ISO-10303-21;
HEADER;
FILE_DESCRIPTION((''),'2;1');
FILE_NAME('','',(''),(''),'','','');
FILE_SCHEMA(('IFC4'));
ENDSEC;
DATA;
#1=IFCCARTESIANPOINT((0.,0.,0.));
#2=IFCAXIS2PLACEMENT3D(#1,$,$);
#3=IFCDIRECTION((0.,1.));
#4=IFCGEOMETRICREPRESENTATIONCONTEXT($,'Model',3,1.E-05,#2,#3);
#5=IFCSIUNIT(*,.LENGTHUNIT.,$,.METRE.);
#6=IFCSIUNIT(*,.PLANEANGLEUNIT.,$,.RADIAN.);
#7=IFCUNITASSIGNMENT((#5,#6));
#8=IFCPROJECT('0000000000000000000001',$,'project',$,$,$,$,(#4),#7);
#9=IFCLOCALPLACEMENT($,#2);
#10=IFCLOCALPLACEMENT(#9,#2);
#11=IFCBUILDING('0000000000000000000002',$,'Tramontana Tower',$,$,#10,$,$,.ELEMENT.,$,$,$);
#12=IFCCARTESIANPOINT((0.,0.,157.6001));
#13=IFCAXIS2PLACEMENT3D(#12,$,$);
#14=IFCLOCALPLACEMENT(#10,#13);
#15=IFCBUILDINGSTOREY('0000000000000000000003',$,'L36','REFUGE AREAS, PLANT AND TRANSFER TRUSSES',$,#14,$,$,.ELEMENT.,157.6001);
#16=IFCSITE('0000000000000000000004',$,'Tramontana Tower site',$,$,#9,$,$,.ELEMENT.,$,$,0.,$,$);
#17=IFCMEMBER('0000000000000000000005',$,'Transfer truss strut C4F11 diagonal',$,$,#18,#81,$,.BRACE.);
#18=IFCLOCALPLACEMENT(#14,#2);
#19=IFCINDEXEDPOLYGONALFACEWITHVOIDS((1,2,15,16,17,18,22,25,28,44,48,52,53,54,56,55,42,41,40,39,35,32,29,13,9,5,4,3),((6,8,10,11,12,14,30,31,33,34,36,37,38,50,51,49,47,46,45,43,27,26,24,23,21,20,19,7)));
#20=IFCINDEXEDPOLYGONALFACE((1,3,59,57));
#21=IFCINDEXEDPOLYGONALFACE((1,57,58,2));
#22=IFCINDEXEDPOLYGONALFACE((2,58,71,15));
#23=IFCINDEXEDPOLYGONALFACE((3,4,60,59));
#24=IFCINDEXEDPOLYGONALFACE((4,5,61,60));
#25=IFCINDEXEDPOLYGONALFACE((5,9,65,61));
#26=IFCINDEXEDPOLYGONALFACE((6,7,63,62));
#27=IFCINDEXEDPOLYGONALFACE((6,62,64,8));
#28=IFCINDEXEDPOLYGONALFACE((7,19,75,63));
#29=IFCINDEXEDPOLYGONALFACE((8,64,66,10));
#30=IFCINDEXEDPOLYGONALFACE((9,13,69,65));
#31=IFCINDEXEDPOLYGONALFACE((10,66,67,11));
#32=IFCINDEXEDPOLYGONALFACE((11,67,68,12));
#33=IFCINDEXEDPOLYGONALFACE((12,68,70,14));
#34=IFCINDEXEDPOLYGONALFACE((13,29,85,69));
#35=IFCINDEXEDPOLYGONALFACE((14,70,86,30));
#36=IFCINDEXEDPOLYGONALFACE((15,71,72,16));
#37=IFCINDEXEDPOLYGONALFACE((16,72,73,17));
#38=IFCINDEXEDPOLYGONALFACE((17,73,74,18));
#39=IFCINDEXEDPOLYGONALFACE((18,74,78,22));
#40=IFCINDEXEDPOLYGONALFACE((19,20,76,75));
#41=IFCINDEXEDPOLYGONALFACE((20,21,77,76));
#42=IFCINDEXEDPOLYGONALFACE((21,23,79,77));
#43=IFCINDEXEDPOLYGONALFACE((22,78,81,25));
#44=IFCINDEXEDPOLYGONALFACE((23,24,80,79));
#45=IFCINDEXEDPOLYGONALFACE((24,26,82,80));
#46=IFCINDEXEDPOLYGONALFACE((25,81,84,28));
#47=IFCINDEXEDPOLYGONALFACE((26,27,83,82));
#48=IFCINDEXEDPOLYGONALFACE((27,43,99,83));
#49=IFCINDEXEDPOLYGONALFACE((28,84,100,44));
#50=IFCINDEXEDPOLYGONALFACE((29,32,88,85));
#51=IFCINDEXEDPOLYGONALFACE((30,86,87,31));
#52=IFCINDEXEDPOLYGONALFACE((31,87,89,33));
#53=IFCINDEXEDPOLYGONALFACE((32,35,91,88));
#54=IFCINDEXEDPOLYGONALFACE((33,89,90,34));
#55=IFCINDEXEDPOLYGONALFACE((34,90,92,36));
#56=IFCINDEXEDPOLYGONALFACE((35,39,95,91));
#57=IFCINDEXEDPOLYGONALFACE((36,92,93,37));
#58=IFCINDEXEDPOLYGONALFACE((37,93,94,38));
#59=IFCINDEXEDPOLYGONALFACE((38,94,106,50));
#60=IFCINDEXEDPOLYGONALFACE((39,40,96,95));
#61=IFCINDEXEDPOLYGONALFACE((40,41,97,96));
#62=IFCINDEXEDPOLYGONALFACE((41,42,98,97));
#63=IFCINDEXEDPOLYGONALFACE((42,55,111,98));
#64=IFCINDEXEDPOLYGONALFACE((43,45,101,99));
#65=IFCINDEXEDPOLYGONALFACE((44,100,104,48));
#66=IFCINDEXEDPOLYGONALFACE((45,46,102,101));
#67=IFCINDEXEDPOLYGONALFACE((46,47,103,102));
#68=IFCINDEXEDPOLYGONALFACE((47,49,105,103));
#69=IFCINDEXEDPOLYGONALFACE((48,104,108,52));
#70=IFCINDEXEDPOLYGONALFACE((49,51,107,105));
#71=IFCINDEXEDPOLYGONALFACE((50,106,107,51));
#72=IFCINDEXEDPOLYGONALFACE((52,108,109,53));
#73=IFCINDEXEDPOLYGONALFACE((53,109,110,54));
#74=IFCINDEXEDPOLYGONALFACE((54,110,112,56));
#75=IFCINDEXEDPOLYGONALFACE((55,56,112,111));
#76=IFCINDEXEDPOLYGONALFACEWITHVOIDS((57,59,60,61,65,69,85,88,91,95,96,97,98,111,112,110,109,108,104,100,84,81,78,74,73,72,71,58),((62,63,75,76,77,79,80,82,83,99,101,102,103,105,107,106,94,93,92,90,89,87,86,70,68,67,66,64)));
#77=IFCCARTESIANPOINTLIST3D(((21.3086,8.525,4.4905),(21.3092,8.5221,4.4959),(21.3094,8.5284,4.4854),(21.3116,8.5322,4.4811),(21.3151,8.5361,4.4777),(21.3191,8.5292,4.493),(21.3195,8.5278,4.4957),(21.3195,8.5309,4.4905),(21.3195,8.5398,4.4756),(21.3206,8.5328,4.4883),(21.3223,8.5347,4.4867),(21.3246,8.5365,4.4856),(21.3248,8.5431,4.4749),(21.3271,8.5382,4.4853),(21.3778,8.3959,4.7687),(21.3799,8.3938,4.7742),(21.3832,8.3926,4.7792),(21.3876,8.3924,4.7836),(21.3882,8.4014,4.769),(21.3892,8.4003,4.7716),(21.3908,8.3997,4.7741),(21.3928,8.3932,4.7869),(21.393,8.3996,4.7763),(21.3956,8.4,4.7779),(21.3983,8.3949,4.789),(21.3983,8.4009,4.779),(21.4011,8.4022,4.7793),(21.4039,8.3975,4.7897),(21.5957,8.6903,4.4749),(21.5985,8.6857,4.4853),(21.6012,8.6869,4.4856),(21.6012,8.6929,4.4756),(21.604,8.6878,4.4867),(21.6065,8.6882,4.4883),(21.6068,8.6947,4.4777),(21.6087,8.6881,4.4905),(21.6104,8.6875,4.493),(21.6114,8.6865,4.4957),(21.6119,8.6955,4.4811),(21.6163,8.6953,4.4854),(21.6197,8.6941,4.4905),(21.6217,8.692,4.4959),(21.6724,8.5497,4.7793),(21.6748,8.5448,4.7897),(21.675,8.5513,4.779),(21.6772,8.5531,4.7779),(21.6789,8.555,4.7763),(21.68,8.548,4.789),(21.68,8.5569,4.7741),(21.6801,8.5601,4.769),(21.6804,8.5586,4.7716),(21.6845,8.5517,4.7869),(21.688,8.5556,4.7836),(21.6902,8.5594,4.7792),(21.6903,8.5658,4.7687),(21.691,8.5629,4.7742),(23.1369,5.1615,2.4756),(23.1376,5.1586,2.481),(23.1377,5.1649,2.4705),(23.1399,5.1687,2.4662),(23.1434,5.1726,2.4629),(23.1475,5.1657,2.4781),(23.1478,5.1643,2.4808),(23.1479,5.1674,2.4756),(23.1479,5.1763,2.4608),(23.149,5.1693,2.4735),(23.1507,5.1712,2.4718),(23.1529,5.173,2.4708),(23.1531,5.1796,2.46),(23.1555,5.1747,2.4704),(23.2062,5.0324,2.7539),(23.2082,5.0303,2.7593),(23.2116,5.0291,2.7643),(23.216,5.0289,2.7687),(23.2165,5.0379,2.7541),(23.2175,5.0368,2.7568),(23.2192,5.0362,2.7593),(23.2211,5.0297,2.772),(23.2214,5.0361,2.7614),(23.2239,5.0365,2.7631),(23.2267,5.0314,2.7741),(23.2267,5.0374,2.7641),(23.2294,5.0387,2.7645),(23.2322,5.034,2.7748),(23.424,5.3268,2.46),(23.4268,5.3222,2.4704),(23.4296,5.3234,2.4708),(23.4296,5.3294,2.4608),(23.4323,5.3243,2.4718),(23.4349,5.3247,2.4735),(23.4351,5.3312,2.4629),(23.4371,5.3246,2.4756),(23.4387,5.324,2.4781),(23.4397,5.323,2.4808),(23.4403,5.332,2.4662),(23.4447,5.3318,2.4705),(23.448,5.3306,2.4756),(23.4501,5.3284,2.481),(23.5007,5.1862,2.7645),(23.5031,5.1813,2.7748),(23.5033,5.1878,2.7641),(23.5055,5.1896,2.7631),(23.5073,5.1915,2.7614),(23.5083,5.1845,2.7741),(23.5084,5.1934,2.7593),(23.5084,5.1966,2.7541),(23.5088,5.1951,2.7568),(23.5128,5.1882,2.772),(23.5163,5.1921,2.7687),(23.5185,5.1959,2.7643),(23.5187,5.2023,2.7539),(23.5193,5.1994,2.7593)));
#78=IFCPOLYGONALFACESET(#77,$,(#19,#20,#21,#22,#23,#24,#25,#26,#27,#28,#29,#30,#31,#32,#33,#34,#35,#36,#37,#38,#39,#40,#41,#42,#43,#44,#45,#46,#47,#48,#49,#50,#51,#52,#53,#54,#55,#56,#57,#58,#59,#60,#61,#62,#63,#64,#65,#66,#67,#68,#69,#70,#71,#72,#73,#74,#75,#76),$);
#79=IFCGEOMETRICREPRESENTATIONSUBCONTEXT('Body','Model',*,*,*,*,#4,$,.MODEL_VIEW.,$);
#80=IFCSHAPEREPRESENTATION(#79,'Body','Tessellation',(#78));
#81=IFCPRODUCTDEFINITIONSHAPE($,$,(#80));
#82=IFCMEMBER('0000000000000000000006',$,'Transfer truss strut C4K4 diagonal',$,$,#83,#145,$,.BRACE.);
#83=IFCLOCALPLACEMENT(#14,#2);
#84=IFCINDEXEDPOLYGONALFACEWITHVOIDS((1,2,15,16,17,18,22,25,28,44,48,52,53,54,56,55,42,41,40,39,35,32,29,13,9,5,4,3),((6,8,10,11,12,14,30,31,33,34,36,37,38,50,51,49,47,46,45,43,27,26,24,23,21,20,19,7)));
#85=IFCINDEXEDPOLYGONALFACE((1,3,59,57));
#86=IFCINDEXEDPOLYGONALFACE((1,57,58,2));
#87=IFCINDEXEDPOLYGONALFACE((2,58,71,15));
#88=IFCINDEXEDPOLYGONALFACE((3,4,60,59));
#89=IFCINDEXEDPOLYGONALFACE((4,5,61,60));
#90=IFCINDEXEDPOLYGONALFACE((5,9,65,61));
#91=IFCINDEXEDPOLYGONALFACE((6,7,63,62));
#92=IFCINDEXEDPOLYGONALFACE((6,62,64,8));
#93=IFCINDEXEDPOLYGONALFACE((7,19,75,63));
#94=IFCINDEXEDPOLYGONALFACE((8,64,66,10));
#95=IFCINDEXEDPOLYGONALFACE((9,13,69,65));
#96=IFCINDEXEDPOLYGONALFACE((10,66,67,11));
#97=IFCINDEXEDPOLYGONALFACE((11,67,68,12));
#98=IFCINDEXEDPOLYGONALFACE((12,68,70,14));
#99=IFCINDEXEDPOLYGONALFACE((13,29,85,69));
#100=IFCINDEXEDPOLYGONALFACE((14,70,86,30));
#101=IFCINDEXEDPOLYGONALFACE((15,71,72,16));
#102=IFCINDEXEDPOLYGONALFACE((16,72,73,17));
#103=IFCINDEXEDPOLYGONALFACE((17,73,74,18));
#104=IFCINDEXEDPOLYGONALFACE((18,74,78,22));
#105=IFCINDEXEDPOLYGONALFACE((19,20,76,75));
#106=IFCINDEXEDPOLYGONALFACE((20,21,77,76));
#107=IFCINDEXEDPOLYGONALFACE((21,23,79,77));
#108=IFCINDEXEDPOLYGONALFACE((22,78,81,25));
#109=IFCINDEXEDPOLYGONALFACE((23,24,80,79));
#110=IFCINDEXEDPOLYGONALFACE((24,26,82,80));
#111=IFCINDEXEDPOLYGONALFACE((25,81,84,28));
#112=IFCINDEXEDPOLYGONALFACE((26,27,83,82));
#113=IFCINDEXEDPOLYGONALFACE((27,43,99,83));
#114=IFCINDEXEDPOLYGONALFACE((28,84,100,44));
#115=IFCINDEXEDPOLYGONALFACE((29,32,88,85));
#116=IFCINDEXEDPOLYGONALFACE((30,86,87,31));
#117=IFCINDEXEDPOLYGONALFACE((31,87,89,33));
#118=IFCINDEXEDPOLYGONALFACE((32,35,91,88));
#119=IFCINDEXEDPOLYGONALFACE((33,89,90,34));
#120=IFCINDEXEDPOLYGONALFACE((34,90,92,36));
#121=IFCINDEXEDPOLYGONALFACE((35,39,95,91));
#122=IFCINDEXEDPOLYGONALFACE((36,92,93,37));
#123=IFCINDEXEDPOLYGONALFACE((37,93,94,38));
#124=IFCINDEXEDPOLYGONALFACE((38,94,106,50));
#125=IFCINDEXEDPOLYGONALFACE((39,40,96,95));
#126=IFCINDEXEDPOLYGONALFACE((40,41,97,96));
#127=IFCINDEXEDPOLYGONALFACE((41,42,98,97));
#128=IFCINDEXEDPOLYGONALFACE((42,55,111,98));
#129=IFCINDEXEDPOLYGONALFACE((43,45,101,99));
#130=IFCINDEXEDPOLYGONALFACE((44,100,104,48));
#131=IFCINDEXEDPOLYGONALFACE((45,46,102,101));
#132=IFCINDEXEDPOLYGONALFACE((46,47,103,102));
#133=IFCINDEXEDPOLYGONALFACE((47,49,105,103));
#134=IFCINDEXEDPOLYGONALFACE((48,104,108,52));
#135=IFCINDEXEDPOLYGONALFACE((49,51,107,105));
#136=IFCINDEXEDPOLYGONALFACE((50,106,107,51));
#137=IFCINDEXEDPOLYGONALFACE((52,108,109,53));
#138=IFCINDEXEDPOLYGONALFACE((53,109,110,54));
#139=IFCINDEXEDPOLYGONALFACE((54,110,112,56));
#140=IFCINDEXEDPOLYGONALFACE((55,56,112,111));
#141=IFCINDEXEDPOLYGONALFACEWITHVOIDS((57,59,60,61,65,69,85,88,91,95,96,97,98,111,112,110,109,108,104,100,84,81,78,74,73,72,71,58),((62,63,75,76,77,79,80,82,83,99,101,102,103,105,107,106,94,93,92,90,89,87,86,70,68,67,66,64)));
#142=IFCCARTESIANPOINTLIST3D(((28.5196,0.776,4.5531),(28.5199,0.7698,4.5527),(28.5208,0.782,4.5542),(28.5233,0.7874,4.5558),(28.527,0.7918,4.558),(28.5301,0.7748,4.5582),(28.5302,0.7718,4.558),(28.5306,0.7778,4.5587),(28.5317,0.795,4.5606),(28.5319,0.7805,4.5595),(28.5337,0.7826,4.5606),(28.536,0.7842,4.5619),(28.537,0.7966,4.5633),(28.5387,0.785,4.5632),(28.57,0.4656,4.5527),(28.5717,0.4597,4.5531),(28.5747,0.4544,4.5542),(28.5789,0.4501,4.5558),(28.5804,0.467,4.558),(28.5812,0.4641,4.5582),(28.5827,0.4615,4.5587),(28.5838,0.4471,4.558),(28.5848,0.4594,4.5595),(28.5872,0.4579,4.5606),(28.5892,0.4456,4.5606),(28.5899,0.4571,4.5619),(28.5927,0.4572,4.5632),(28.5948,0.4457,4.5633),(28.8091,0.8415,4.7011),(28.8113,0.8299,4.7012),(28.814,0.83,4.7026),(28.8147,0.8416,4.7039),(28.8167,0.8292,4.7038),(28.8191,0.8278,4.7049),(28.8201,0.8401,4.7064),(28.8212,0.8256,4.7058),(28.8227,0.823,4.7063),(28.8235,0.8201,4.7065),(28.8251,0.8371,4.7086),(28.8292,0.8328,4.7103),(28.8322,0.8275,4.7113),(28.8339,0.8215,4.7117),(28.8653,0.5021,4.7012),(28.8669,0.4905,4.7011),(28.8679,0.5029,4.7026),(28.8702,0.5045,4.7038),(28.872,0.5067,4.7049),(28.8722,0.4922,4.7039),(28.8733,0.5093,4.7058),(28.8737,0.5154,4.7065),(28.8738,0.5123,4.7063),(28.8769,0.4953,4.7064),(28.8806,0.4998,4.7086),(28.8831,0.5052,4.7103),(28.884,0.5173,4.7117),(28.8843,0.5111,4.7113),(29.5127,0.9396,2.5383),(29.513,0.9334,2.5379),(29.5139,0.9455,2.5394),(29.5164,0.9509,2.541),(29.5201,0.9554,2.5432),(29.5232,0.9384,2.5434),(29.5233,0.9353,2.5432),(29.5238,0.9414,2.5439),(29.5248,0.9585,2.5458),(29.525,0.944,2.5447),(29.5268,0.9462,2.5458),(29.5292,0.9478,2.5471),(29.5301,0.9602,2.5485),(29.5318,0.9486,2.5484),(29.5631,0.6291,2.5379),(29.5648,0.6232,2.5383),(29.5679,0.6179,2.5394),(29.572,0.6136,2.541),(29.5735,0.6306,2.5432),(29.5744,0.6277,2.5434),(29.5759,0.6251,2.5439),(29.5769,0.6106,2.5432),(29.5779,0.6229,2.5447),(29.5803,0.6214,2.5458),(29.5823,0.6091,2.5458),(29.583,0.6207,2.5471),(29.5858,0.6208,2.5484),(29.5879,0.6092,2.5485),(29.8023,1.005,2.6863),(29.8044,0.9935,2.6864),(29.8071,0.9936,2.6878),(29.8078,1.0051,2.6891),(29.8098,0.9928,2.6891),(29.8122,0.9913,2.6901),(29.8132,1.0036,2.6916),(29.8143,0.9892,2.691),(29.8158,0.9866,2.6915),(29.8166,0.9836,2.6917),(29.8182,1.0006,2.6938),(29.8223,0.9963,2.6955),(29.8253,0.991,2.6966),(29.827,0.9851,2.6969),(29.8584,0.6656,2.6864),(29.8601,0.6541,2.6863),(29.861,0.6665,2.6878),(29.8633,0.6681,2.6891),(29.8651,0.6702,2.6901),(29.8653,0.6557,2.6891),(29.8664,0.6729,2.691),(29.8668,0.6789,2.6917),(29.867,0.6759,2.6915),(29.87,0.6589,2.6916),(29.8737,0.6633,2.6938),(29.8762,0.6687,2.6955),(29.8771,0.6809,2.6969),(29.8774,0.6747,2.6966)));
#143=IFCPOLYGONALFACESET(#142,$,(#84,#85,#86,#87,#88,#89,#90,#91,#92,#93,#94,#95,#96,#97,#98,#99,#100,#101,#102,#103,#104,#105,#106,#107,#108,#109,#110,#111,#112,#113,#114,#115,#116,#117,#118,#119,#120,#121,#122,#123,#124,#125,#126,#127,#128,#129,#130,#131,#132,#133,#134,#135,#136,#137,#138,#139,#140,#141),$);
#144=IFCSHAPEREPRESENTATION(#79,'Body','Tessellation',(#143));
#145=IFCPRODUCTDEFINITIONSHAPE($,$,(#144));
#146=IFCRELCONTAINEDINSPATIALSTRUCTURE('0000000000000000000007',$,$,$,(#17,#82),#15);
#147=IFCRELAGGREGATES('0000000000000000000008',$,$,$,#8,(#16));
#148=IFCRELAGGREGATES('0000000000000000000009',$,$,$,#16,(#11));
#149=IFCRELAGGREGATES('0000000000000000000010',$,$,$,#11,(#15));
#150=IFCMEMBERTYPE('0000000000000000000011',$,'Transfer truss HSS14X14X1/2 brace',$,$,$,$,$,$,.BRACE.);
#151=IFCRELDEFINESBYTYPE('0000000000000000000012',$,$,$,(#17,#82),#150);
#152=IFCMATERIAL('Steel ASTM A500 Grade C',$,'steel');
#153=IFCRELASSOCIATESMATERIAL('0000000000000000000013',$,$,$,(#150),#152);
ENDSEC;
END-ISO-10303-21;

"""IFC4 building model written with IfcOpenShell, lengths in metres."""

from ifc_helpers import new_model, si_unit, direction, frame, origin, origin_2d, place, context, subcontext, project, spatial, hollow_rectangle, extrude, material, material_profile, profile_set, type_object, element, save


model = new_model("IFC4")

# Units and contexts
model_context = context("Model", 3, precision=1e-05, world=origin(), true_north=direction((0.0, 1.0)))
body_context = subcontext(model_context, "Body", "Model", "MODEL_VIEW")
ifc_project = project(units=[si_unit("LENGTHUNIT", "METRE"), si_unit("PLANEANGLEUNIT", "RADIAN")], contexts=[model_context])

# Site, building, storey
site_placement = place(None, origin())
site = spatial("IfcSite", under=ifc_project, at=site_placement, Name="Tramontana Tower site", CompositionType="ELEMENT", RefElevation=0.0)
building_placement = place(site_placement, origin())
building = spatial("IfcBuilding", under=site, at=building_placement, Name="Tramontana Tower", CompositionType="ELEMENT")
storey_placement = place(building_placement, frame((0.0, 0.0, 157.6001)))
storey = spatial("IfcBuildingStorey", under=building, at=storey_placement, Name="L36", Description="REFUGE AREAS, PLANT AND TRANSFER TRUSSES", CompositionType="ELEMENT", Elevation=157.6001)

# Members
ifc_material_1 = material(Name="Steel ASTM A500 Grade C", Category="steel")
ifc_material_profile_1 = material_profile(ifc_material_1, hollow_rectangle(XDim=0.3557, YDim=0.3557, WallThickness=0.0117, InnerFilletRadius=0.0117, OuterFilletRadius=0.0237, at=origin_2d()), Name="HSS14X14X1/2")
ifc_profile_set_1 = profile_set([ifc_material_profile_1], Name="Steel ASTM A500 Grade C")
member_type_1 = type_object("IfcMemberType", Name="Transfer truss HSS14X14X1/2 brace", PredefinedType="BRACE", material=ifc_profile_set_1)
member_1_placement = place(storey_placement, frame((23.3281, 5.1804, 2.6174), z_axis=(-0.422627, 0.777478, 0.465742), x_axis=(-0.878584, -0.477587, 0.0)))
element("IfcMember", 1, at=member_1_placement, inside=storey, type_object=member_type_1, Name="Transfer truss strut C4F11 diagonal", PredefinedType="BRACE", context=body_context, shape_type="SweptSolid", body=[
    extrude(hollow_rectangle(XDim=0.3557, YDim=0.3557, WallThickness=0.0117, InnerFilletRadius=0.0117, OuterFilletRadius=0.0237, at=origin_2d()), origin(), (0.0, 0.0, 1.0), 4.3262),
])
member_2_placement = place(storey_placement, frame((29.6951, 0.8071, 2.6174), z_axis=(-0.440953, -0.072625, 0.894587), x_axis=(0.162511, -0.986707, 0.0)))
element("IfcMember", 2, at=member_2_placement, inside=storey, type_object=member_type_1, Name="Transfer truss strut C4K4 diagonal", PredefinedType="BRACE", context=body_context, shape_type="SweptSolid", body=[
    extrude(hollow_rectangle(XDim=0.3557, YDim=0.3557, WallThickness=0.0117, InnerFilletRadius=0.0117, OuterFilletRadius=0.0237, at=origin_2d()), origin(), (0.0, 0.0, 1.0), 2.2522),
])

save(model, "model.ifc")
